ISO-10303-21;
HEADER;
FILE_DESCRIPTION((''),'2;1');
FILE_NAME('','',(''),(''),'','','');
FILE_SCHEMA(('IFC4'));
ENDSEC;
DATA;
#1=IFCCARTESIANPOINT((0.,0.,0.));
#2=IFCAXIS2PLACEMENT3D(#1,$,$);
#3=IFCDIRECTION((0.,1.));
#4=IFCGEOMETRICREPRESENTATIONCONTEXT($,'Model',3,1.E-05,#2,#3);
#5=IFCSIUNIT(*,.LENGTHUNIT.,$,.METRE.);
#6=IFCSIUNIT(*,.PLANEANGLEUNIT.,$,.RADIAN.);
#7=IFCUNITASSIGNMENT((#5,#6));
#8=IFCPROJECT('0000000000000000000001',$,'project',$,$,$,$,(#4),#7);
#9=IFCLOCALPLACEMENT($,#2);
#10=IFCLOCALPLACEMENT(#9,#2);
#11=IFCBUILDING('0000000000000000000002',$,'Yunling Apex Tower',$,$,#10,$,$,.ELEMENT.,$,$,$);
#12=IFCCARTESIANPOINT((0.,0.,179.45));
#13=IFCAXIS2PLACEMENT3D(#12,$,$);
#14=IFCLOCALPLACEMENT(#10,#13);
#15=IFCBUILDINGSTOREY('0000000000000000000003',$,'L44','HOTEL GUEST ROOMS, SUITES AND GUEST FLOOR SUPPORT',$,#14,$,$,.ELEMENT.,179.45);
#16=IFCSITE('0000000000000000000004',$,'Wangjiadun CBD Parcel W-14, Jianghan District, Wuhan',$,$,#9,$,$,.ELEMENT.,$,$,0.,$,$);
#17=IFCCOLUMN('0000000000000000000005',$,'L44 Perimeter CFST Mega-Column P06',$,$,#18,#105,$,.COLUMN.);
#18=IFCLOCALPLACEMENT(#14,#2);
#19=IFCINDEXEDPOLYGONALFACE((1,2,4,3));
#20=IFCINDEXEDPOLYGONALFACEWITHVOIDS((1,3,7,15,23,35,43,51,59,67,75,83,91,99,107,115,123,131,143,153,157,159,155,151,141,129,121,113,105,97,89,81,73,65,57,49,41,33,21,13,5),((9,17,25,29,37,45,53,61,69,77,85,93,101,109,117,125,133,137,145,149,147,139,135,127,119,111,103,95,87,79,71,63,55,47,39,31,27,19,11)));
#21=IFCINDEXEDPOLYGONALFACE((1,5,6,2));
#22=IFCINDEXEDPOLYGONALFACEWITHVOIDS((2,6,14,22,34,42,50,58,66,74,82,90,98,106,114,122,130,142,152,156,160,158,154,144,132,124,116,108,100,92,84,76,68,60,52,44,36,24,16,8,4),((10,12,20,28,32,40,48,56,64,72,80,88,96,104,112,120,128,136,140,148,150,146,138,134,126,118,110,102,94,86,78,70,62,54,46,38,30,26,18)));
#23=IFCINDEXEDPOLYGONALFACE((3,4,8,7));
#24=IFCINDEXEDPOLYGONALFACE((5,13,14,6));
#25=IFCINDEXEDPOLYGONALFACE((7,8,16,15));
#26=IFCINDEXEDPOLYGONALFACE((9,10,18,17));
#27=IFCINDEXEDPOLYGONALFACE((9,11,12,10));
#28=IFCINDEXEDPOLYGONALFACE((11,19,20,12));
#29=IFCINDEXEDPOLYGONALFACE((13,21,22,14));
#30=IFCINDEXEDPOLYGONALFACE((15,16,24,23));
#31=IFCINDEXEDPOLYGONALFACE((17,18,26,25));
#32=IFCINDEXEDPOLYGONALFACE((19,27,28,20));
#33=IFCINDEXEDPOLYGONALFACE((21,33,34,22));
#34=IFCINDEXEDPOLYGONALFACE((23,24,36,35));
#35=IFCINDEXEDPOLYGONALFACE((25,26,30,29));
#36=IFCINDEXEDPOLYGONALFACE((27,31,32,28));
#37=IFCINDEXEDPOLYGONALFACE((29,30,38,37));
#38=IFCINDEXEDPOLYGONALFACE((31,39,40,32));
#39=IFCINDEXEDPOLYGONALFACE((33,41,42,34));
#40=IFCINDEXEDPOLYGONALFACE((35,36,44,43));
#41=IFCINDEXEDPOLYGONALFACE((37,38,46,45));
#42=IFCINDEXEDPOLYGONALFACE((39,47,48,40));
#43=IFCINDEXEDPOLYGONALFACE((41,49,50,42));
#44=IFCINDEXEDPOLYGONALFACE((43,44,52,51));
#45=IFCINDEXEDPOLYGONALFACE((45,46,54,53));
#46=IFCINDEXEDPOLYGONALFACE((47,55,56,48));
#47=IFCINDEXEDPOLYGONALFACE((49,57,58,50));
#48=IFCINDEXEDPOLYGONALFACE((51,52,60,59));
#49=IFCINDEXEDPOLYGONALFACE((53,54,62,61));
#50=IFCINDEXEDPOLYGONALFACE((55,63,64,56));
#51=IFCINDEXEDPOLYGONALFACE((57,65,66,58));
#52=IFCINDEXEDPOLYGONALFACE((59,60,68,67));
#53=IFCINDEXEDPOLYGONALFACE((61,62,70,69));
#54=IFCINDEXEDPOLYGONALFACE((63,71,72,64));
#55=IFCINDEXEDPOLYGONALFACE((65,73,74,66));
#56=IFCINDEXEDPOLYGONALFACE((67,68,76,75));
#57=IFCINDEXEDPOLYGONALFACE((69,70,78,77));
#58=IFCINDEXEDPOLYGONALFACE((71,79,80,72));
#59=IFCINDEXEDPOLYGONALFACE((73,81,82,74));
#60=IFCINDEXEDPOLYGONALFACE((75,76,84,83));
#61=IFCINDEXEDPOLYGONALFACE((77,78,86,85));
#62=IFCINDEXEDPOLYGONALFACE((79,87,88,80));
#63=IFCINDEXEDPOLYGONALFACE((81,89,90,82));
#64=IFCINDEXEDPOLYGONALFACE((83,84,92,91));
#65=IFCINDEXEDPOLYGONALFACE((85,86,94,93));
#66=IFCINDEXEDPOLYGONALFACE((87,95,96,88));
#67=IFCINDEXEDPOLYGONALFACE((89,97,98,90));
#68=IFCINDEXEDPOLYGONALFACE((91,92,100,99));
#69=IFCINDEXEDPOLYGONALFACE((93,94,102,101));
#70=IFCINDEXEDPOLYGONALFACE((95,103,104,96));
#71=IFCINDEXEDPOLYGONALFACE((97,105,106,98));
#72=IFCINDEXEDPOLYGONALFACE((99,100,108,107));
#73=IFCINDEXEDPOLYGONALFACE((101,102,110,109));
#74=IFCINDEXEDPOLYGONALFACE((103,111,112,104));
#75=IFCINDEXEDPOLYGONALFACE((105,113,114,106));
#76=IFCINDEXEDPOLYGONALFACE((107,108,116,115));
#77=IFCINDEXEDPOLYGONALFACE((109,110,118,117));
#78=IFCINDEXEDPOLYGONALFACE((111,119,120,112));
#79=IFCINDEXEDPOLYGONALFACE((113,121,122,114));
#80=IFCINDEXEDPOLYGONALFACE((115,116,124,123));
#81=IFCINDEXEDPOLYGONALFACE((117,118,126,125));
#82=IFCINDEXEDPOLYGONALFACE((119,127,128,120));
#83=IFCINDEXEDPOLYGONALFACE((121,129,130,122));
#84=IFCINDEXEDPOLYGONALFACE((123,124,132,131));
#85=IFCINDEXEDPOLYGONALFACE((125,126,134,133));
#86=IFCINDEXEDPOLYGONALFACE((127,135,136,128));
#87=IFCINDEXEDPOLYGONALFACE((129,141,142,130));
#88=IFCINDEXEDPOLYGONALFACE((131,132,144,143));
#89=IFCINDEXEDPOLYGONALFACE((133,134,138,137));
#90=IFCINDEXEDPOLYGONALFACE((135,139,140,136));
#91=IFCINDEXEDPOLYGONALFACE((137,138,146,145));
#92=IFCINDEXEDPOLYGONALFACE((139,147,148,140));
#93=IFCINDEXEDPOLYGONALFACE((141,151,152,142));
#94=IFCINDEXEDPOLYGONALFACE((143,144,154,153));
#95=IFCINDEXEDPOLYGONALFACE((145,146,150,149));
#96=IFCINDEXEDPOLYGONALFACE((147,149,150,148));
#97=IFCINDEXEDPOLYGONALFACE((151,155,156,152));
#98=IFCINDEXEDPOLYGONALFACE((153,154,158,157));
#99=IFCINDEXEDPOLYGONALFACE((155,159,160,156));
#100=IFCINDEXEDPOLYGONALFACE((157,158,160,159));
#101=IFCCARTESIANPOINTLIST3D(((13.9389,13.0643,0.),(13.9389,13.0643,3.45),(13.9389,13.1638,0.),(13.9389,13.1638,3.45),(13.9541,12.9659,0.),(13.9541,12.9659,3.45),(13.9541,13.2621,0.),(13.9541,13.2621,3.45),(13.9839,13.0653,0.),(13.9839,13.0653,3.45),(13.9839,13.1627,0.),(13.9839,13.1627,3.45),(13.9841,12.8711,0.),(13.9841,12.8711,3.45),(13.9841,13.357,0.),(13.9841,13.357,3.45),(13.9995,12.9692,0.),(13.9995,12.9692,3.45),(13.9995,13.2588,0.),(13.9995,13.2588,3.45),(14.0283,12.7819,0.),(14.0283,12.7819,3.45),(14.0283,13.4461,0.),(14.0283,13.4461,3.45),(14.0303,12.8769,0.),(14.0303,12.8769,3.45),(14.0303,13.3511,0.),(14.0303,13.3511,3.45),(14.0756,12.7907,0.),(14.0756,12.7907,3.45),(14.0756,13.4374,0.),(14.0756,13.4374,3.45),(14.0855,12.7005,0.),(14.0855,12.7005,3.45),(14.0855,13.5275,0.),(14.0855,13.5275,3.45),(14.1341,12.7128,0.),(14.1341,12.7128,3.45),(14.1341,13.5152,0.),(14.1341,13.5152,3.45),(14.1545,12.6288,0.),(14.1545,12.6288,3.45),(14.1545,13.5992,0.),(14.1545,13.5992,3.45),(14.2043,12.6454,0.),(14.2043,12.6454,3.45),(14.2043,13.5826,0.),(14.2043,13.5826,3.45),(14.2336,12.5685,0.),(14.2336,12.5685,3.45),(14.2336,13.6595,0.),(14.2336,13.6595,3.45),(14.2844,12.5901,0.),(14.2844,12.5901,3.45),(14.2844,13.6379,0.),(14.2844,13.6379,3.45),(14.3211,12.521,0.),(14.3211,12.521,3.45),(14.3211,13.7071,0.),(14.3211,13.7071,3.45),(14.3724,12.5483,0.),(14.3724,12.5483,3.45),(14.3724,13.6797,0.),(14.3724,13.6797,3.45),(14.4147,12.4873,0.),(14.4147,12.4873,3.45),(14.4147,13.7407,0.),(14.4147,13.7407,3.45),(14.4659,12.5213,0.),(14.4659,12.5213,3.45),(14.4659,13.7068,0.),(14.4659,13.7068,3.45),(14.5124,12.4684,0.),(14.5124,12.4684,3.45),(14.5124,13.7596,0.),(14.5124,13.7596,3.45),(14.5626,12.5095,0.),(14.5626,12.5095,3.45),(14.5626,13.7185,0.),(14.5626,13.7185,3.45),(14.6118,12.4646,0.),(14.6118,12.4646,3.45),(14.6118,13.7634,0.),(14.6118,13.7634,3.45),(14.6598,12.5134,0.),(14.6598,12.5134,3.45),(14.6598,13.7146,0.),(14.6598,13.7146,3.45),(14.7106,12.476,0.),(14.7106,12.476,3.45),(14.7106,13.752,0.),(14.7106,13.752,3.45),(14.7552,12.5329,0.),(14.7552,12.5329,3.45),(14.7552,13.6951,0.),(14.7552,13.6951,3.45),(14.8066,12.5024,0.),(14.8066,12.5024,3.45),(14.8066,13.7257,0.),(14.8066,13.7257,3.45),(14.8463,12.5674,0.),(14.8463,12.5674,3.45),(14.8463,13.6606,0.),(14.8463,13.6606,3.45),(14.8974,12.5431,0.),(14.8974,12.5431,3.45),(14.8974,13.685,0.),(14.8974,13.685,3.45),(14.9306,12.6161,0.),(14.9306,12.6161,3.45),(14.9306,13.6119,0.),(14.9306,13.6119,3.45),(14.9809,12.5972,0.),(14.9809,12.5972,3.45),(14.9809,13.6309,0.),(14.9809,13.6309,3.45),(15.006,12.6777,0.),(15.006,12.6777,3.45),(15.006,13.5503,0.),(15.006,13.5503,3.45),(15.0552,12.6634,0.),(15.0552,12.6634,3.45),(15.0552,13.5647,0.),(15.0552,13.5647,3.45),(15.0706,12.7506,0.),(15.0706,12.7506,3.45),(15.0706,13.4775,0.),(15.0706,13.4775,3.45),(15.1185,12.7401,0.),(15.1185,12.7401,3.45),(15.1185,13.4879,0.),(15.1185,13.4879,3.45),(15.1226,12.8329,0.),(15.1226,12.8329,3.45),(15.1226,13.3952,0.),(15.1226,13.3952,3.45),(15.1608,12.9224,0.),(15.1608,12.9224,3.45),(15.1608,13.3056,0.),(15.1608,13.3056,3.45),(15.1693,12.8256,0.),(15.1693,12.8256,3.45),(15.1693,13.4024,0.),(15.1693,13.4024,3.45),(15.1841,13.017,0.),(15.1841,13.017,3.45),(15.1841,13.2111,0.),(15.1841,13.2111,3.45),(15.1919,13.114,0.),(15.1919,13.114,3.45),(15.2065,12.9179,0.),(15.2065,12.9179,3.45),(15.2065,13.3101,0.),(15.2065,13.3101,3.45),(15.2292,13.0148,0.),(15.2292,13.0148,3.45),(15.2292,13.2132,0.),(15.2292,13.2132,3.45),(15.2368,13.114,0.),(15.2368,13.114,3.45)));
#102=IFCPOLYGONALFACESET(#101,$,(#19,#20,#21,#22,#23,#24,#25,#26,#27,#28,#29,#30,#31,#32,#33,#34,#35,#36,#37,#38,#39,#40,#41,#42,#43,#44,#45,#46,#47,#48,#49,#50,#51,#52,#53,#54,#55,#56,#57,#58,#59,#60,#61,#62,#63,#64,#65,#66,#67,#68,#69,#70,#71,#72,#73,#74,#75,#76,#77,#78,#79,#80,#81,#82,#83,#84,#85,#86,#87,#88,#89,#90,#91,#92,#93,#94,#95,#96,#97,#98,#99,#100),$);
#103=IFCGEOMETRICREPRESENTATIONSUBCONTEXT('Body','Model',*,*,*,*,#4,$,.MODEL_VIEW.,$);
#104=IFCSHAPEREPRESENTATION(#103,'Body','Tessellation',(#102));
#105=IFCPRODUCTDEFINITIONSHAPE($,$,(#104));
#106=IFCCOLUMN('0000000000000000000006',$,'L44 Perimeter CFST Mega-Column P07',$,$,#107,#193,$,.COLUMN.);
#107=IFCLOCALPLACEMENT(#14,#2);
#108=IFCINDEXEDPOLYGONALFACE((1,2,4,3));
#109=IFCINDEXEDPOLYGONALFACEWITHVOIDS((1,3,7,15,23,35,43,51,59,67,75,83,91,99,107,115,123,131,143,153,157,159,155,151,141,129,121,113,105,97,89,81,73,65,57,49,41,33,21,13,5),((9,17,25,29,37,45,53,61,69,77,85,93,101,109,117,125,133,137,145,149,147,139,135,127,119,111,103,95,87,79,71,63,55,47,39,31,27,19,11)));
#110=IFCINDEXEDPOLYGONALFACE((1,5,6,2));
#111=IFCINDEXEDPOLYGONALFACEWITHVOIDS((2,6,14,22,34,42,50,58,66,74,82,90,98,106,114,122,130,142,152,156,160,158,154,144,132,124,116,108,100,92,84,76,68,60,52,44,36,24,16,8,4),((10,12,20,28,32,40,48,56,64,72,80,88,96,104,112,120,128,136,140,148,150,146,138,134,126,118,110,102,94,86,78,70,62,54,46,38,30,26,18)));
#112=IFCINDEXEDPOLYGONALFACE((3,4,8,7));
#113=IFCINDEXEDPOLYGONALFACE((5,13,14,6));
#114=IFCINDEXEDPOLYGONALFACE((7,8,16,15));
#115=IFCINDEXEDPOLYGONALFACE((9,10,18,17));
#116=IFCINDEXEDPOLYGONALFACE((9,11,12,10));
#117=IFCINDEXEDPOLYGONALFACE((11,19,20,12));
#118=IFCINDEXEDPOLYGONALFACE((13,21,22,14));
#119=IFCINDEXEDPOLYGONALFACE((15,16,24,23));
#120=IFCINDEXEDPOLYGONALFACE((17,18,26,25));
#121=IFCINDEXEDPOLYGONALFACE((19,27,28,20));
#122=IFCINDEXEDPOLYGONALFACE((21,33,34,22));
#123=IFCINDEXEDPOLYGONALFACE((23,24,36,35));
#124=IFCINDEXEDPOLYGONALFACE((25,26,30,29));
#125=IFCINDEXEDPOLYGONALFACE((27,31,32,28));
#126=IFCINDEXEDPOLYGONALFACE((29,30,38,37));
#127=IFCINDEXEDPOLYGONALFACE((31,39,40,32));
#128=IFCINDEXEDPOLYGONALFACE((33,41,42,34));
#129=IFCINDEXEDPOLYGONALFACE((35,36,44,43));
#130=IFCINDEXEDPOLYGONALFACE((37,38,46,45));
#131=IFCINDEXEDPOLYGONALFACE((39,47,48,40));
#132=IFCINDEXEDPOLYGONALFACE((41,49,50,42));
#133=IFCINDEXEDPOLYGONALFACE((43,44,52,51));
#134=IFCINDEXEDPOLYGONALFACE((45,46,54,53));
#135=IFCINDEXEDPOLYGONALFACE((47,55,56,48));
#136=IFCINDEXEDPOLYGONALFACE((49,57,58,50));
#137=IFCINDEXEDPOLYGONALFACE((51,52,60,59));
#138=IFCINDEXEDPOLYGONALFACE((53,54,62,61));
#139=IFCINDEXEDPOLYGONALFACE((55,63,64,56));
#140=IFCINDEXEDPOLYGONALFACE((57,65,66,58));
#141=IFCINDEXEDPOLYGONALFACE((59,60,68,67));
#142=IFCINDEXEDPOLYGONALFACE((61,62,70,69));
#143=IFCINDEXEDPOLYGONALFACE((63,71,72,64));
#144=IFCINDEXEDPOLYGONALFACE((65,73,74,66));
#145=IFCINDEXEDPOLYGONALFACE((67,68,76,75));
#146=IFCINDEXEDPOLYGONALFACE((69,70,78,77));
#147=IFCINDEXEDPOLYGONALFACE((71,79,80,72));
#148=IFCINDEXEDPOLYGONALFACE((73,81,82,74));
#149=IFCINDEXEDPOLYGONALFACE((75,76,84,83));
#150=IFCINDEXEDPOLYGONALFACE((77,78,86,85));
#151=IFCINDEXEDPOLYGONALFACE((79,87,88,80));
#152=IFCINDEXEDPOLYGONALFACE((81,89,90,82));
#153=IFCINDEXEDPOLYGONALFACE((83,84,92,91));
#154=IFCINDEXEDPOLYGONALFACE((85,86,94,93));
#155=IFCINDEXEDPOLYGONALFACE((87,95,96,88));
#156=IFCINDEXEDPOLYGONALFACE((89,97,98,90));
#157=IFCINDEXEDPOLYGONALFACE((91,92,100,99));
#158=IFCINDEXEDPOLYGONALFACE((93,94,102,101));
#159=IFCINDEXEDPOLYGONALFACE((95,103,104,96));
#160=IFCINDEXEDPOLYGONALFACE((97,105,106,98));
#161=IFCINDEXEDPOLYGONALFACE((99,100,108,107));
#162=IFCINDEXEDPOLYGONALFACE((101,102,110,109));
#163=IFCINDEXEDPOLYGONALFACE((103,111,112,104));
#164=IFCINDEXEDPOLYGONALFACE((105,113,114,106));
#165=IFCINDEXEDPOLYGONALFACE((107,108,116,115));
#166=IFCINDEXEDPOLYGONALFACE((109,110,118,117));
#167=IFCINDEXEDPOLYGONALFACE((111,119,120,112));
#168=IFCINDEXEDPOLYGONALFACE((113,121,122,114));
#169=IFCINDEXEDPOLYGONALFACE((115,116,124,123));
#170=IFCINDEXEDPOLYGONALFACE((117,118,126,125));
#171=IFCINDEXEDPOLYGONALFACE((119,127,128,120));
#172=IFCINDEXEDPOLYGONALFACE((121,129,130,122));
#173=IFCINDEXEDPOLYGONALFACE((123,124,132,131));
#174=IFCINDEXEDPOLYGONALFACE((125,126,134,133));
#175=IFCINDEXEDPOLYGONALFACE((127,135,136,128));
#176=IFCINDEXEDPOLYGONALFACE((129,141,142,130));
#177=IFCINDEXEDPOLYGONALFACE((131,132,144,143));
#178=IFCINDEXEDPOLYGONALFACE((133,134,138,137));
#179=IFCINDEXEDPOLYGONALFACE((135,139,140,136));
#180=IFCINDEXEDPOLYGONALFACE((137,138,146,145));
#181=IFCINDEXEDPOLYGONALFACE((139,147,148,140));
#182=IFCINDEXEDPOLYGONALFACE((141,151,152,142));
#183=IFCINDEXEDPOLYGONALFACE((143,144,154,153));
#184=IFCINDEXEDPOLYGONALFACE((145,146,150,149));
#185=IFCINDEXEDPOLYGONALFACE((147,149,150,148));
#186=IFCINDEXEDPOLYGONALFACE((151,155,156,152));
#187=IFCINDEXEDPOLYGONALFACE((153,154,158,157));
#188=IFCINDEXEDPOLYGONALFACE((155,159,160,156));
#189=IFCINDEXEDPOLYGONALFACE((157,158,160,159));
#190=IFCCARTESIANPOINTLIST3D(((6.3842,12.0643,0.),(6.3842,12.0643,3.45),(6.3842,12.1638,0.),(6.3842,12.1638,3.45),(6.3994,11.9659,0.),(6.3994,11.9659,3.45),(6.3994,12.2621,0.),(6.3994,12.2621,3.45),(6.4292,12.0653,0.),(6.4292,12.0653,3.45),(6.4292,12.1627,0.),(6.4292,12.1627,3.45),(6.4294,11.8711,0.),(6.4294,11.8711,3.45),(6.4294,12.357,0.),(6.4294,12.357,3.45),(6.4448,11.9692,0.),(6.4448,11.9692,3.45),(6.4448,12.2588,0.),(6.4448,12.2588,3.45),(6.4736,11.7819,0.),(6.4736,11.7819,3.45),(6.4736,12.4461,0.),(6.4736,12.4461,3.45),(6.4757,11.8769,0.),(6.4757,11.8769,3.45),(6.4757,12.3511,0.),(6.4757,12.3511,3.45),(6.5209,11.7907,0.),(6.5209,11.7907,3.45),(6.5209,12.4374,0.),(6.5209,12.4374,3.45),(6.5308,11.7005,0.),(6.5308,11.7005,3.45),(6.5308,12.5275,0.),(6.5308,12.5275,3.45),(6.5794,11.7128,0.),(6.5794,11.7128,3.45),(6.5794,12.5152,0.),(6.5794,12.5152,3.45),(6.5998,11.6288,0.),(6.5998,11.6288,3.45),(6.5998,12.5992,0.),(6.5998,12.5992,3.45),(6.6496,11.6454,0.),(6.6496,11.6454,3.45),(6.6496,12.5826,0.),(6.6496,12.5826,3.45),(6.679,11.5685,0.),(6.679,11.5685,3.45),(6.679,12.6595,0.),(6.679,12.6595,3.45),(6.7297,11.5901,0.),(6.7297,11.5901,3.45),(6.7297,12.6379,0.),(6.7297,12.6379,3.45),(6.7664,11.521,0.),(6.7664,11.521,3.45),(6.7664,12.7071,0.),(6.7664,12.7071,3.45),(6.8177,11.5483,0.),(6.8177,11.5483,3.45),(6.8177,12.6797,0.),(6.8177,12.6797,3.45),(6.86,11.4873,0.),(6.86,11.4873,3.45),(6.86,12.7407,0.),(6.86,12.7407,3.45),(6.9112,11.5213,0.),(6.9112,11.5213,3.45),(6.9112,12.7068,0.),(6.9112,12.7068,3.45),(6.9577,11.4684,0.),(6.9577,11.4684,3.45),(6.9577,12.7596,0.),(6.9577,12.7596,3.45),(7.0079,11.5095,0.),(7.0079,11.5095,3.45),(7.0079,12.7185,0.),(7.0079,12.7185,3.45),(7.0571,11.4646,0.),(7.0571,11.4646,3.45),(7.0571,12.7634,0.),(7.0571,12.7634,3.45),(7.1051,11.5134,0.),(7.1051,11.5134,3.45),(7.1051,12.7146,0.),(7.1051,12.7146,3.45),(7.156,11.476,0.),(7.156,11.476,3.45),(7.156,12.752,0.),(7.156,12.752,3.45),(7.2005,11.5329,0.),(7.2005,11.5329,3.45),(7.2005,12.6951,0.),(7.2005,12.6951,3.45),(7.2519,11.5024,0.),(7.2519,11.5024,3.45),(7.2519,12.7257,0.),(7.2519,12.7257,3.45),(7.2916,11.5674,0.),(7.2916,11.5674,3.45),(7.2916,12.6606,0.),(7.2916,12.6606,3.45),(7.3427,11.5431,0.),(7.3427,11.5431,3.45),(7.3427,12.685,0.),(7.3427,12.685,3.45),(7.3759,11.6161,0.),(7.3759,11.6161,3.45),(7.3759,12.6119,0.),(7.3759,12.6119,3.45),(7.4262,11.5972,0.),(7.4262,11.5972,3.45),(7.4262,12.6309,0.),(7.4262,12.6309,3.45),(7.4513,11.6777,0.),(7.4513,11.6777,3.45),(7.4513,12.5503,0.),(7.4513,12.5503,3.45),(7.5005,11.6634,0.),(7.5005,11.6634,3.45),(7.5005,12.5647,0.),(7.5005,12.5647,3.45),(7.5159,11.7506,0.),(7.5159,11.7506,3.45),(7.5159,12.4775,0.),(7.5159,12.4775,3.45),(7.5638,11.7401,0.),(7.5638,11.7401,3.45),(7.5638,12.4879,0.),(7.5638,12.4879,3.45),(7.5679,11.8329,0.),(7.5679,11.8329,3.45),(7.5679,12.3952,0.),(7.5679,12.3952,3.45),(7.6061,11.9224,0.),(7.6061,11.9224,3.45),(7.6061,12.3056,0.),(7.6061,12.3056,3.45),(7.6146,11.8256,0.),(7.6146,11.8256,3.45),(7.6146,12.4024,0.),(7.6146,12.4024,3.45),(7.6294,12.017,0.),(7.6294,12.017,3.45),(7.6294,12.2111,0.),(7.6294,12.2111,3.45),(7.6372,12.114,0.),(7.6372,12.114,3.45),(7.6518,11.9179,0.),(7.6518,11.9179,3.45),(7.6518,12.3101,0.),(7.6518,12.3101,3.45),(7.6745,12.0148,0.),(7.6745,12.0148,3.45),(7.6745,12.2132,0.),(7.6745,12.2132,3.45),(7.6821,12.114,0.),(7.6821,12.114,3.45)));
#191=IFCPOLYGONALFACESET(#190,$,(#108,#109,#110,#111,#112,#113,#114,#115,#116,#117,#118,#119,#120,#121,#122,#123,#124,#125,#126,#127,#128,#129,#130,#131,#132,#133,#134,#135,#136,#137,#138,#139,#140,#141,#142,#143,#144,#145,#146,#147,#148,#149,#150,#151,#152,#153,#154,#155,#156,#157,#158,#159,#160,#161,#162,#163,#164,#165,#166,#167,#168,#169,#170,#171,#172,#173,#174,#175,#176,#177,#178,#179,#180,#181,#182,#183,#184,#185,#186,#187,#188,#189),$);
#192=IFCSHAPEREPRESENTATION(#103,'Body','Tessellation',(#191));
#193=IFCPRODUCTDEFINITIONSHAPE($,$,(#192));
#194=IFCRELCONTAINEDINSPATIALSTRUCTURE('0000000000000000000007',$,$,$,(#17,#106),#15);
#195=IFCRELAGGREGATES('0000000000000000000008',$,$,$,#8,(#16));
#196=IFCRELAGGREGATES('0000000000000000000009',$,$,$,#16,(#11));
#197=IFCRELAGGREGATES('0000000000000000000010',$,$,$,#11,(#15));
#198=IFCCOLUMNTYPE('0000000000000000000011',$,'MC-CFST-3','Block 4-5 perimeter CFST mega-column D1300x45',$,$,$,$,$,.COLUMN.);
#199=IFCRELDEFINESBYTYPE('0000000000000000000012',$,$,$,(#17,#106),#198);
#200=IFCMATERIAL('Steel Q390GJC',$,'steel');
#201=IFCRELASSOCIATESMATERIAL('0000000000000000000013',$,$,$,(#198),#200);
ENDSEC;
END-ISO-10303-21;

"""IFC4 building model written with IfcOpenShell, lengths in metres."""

from ifc_helpers import new_model, si_unit, direction, frame, origin, origin_2d, place, context, subcontext, project, spatial, hollow_circle, extrude, source, transform, mapped, material, material_profile, profile_set, type_object, element, save


model = new_model("IFC4")

# Units and contexts
model_context = context("Model", 3, precision=1e-05, world=origin(), true_north=direction((0.0, 1.0)))
body_context = subcontext(model_context, "Body", "Model", "MODEL_VIEW")
ifc_project = project(units=[si_unit("LENGTHUNIT", "METRE"), si_unit("PLANEANGLEUNIT", "RADIAN")], contexts=[model_context])

# Site, building, storey
site_placement = place(None, origin())
site = spatial("IfcSite", under=ifc_project, at=site_placement, Name="Wangjiadun CBD Parcel W-14, Jianghan District, Wuhan", CompositionType="ELEMENT", RefElevation=0.0)
building_placement = place(site_placement, origin())
building = spatial("IfcBuilding", under=site, at=building_placement, Name="Yunling Apex Tower", CompositionType="ELEMENT")
storey_placement = place(building_placement, frame((0.0, 0.0, 179.45)))
storey = spatial("IfcBuildingStorey", under=building, at=storey_placement, Name="L44", Description="HOTEL GUEST ROOMS, SUITES AND GUEST FLOOR SUPPORT", CompositionType="ELEMENT", Elevation=179.45)

# Columns
ifc_material_1 = material(Name="Steel Q390GJC", Category="steel")
ifc_material_profile_1 = material_profile(ifc_material_1, hollow_circle(Radius=0.6499, WallThickness=0.0449, at=origin_2d()))
ifc_profile_set_1 = profile_set([ifc_material_profile_1], Name="Steel Q390GJC")
column_type = type_object("IfcColumnType", Name="MC-CFST-3", Description="Block 4-5 perimeter CFST mega-column D1300x45", PredefinedType="COLUMN", material=ifc_profile_set_1)
shared_shape_1 = source(origin(), body_context, "Body", "SweptSolid", [
    extrude(hollow_circle(Radius=0.6499, WallThickness=0.0449, at=origin_2d()), origin(), (0.0, 0.0, 1.0), 3.45),
])
for number, where, z_axis, x_axis, name in (
    (1, (14.5869, 13.114, 0.0), (0.0, 0.0, 1.0), (1.0, 0.0, 0.0), "L44 Perimeter CFST Mega-Column P06"),
    (2, (7.0322, 12.114, 0.0), (0.0, 0.0, 1.0), (1.0, 0.0, 0.0), "L44 Perimeter CFST Mega-Column P07"),
):
    element("IfcColumn", number, at=place(storey_placement, frame(where, z_axis=z_axis, x_axis=x_axis)), inside=storey, type_object=column_type, Name=name, PredefinedType="COLUMN", context=body_context, shape_type="MappedRepresentation", body=[
        mapped(shared_shape_1, transform((0.0, 0.0, 0.0), scale=1.0)),
    ])

save(model, "model.ifc")
